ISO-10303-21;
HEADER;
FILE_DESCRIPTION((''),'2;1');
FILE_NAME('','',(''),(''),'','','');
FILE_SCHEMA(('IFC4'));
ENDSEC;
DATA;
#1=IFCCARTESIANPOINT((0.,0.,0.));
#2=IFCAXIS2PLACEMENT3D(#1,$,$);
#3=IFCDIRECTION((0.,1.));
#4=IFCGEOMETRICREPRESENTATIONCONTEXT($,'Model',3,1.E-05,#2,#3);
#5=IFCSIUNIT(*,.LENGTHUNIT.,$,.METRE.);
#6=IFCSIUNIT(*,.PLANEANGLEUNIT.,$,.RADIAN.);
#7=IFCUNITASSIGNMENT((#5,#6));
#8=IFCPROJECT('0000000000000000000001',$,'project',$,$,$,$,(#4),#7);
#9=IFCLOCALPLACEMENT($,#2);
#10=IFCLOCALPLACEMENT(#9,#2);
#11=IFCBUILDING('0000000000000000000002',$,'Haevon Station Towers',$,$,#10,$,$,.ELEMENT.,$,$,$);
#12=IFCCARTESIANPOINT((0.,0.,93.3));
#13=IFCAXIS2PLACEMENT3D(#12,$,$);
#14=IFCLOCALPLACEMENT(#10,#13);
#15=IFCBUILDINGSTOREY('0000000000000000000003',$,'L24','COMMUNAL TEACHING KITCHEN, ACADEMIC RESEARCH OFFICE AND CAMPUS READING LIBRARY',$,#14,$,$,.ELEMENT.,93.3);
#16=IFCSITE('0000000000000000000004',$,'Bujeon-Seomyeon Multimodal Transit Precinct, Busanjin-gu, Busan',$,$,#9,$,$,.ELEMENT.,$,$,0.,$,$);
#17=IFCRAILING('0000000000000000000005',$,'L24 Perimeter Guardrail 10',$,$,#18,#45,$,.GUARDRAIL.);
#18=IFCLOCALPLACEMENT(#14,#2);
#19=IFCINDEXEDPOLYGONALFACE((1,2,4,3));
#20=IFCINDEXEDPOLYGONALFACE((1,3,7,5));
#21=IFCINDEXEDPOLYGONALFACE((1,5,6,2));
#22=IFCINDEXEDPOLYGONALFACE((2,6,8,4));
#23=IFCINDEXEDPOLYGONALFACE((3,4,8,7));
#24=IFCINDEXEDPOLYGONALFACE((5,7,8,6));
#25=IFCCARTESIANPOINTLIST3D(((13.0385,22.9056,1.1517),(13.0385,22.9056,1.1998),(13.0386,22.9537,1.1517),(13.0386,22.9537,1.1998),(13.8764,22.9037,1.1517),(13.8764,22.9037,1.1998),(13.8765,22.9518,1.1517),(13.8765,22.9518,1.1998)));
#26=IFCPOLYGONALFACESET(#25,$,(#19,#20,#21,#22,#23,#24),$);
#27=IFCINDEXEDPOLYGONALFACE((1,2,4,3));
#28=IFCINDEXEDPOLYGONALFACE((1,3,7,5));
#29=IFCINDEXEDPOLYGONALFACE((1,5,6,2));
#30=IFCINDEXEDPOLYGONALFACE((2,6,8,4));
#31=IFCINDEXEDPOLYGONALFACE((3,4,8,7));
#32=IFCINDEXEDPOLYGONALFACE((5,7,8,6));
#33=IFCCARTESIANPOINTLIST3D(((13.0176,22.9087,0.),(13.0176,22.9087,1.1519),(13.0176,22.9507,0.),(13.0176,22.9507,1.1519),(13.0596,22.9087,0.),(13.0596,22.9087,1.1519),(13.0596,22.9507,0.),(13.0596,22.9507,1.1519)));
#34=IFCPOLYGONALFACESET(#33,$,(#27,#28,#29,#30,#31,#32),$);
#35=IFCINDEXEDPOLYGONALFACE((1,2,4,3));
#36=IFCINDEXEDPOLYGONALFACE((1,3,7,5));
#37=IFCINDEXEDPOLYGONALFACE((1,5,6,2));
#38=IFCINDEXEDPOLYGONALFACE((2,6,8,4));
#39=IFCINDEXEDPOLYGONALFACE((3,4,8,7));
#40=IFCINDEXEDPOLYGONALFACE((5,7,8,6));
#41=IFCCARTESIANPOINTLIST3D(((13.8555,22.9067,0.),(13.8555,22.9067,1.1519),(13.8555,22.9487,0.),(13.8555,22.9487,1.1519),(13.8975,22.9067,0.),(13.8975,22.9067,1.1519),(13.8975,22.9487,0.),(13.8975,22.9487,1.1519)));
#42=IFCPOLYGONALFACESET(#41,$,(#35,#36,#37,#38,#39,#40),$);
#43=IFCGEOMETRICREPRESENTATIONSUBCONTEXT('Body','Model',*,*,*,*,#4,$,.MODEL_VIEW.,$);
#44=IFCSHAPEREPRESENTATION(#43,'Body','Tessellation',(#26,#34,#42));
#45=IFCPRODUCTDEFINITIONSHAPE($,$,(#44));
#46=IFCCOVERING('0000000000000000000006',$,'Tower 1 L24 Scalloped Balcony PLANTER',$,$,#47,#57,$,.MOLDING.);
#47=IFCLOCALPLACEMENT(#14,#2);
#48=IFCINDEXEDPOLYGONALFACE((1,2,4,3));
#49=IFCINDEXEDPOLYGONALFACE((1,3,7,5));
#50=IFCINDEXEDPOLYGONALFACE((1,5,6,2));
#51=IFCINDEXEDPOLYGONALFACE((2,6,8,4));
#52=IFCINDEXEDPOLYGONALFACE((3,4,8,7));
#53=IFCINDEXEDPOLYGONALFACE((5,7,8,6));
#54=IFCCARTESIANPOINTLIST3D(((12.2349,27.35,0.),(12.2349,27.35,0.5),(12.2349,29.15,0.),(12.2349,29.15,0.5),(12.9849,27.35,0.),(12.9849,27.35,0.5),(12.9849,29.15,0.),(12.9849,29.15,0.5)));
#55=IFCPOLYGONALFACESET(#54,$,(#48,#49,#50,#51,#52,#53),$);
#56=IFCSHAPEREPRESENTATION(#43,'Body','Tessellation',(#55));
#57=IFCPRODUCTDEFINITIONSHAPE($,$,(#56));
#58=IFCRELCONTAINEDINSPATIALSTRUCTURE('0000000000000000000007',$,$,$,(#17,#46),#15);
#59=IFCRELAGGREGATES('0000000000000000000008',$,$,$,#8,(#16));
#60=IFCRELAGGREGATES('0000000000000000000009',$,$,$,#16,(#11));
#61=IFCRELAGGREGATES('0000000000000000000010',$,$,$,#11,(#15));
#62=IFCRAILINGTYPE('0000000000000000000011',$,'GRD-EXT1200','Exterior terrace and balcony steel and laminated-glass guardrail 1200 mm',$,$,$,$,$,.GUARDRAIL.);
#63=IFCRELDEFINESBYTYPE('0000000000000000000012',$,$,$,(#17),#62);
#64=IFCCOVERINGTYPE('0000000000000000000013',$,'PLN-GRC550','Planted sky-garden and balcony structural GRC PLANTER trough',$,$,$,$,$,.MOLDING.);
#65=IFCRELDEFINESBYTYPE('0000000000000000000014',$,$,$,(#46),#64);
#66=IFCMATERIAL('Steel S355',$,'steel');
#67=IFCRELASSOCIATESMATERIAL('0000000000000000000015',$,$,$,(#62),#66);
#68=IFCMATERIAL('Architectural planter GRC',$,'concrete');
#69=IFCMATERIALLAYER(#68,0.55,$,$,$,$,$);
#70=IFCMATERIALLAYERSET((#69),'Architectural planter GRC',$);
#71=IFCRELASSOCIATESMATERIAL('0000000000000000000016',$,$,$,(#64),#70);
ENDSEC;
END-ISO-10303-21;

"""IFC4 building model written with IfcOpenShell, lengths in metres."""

from ifc_helpers import new_model, si_unit, direction, frame, origin, origin_2d, place, context, subcontext, project, spatial, rectangle, extrude, material, layer, layer_set, type_object, element, save


model = new_model("IFC4")

# Units and contexts
model_context = context("Model", 3, precision=1e-05, world=origin(), true_north=direction((0.0, 1.0)))
body_context = subcontext(model_context, "Body", "Model", "MODEL_VIEW")
ifc_project = project(units=[si_unit("LENGTHUNIT", "METRE"), si_unit("PLANEANGLEUNIT", "RADIAN")], contexts=[model_context])

# Site, building, storey
site_placement = place(None, origin())
site = spatial("IfcSite", under=ifc_project, at=site_placement, Name="Bujeon-Seomyeon Multimodal Transit Precinct, Busanjin-gu, Busan", CompositionType="ELEMENT", RefElevation=0.0)
building_placement = place(site_placement, origin())
building = spatial("IfcBuilding", under=site, at=building_placement, Name="Haevon Station Towers", CompositionType="ELEMENT")
storey_placement = place(building_placement, frame((0.0, 0.0, 93.3)))
storey = spatial("IfcBuildingStorey", under=building, at=storey_placement, Name="L24", Description="COMMUNAL TEACHING KITCHEN, ACADEMIC RESEARCH OFFICE AND CAMPUS READING LIBRARY", CompositionType="ELEMENT", Elevation=93.3)

# Shared definitions
ifc_material_1 = material(Name="Steel S355", Category="steel")

# Railing
railing_type = type_object("IfcRailingType", Name="GRD-EXT1200", Description="Exterior terrace and balcony steel and laminated-glass guardrail 1200 mm", PredefinedType="GUARDRAIL", material=ifc_material_1)
railing_1_placement = place(storey_placement, frame((13.0386, 22.9297, 0.0)))
element("IfcRailing", 1, at=railing_1_placement, inside=storey, type_object=railing_type, Name="L24 Perimeter Guardrail 10", PredefinedType="GUARDRAIL", context=body_context, shape_type="SweptSolid", body=[
    extrude(rectangle(XDim=0.0481, YDim=0.0481, at=origin_2d()), frame((0.0, 0.0, 1.1758), z_axis=(0.999997, -0.002331, 0.0), x_axis=(0.002331, 0.999997, 0.0)), (0.0, 0.0, 1.0), 0.8379),
    extrude(rectangle(XDim=0.042, YDim=0.042, at=origin_2d()), origin(), (0.0, 0.0, 1.0), 1.1519),
    extrude(rectangle(XDim=0.042, YDim=0.042, at=origin_2d()), frame((0.8379, -0.002, 0.0)), (0.0, 0.0, 1.0), 1.1519),
])

# Covering
ifc_material_2 = material(Name="Architectural planter GRC", Category="concrete")
ifc_layer_1 = layer(ifc_material_2, 0.55)
ifc_layer_set_1 = layer_set([ifc_layer_1], Name="Architectural planter GRC")
covering_type = type_object("IfcCoveringType", Name="PLN-GRC550", Description="Planted sky-garden and balcony structural GRC PLANTER trough", PredefinedType="MOLDING", material=ifc_layer_set_1)
covering_placement = place(storey_placement, frame((12.6099, 28.25, 0.0), z_axis=(0.0, 0.0, 1.0), x_axis=(1.0, 0.0, 0.0)))
element("IfcCovering", 2, at=covering_placement, inside=storey, type_object=covering_type, Name="Tower 1 L24 Scalloped Balcony PLANTER", PredefinedType="MOLDING", context=body_context, shape_type="SweptSolid", body=[
    extrude(rectangle(XDim=0.75, YDim=1.8, at=origin_2d()), origin(), (0.0, 0.0, 1.0), 0.5),
])

save(model, "model.ifc")
